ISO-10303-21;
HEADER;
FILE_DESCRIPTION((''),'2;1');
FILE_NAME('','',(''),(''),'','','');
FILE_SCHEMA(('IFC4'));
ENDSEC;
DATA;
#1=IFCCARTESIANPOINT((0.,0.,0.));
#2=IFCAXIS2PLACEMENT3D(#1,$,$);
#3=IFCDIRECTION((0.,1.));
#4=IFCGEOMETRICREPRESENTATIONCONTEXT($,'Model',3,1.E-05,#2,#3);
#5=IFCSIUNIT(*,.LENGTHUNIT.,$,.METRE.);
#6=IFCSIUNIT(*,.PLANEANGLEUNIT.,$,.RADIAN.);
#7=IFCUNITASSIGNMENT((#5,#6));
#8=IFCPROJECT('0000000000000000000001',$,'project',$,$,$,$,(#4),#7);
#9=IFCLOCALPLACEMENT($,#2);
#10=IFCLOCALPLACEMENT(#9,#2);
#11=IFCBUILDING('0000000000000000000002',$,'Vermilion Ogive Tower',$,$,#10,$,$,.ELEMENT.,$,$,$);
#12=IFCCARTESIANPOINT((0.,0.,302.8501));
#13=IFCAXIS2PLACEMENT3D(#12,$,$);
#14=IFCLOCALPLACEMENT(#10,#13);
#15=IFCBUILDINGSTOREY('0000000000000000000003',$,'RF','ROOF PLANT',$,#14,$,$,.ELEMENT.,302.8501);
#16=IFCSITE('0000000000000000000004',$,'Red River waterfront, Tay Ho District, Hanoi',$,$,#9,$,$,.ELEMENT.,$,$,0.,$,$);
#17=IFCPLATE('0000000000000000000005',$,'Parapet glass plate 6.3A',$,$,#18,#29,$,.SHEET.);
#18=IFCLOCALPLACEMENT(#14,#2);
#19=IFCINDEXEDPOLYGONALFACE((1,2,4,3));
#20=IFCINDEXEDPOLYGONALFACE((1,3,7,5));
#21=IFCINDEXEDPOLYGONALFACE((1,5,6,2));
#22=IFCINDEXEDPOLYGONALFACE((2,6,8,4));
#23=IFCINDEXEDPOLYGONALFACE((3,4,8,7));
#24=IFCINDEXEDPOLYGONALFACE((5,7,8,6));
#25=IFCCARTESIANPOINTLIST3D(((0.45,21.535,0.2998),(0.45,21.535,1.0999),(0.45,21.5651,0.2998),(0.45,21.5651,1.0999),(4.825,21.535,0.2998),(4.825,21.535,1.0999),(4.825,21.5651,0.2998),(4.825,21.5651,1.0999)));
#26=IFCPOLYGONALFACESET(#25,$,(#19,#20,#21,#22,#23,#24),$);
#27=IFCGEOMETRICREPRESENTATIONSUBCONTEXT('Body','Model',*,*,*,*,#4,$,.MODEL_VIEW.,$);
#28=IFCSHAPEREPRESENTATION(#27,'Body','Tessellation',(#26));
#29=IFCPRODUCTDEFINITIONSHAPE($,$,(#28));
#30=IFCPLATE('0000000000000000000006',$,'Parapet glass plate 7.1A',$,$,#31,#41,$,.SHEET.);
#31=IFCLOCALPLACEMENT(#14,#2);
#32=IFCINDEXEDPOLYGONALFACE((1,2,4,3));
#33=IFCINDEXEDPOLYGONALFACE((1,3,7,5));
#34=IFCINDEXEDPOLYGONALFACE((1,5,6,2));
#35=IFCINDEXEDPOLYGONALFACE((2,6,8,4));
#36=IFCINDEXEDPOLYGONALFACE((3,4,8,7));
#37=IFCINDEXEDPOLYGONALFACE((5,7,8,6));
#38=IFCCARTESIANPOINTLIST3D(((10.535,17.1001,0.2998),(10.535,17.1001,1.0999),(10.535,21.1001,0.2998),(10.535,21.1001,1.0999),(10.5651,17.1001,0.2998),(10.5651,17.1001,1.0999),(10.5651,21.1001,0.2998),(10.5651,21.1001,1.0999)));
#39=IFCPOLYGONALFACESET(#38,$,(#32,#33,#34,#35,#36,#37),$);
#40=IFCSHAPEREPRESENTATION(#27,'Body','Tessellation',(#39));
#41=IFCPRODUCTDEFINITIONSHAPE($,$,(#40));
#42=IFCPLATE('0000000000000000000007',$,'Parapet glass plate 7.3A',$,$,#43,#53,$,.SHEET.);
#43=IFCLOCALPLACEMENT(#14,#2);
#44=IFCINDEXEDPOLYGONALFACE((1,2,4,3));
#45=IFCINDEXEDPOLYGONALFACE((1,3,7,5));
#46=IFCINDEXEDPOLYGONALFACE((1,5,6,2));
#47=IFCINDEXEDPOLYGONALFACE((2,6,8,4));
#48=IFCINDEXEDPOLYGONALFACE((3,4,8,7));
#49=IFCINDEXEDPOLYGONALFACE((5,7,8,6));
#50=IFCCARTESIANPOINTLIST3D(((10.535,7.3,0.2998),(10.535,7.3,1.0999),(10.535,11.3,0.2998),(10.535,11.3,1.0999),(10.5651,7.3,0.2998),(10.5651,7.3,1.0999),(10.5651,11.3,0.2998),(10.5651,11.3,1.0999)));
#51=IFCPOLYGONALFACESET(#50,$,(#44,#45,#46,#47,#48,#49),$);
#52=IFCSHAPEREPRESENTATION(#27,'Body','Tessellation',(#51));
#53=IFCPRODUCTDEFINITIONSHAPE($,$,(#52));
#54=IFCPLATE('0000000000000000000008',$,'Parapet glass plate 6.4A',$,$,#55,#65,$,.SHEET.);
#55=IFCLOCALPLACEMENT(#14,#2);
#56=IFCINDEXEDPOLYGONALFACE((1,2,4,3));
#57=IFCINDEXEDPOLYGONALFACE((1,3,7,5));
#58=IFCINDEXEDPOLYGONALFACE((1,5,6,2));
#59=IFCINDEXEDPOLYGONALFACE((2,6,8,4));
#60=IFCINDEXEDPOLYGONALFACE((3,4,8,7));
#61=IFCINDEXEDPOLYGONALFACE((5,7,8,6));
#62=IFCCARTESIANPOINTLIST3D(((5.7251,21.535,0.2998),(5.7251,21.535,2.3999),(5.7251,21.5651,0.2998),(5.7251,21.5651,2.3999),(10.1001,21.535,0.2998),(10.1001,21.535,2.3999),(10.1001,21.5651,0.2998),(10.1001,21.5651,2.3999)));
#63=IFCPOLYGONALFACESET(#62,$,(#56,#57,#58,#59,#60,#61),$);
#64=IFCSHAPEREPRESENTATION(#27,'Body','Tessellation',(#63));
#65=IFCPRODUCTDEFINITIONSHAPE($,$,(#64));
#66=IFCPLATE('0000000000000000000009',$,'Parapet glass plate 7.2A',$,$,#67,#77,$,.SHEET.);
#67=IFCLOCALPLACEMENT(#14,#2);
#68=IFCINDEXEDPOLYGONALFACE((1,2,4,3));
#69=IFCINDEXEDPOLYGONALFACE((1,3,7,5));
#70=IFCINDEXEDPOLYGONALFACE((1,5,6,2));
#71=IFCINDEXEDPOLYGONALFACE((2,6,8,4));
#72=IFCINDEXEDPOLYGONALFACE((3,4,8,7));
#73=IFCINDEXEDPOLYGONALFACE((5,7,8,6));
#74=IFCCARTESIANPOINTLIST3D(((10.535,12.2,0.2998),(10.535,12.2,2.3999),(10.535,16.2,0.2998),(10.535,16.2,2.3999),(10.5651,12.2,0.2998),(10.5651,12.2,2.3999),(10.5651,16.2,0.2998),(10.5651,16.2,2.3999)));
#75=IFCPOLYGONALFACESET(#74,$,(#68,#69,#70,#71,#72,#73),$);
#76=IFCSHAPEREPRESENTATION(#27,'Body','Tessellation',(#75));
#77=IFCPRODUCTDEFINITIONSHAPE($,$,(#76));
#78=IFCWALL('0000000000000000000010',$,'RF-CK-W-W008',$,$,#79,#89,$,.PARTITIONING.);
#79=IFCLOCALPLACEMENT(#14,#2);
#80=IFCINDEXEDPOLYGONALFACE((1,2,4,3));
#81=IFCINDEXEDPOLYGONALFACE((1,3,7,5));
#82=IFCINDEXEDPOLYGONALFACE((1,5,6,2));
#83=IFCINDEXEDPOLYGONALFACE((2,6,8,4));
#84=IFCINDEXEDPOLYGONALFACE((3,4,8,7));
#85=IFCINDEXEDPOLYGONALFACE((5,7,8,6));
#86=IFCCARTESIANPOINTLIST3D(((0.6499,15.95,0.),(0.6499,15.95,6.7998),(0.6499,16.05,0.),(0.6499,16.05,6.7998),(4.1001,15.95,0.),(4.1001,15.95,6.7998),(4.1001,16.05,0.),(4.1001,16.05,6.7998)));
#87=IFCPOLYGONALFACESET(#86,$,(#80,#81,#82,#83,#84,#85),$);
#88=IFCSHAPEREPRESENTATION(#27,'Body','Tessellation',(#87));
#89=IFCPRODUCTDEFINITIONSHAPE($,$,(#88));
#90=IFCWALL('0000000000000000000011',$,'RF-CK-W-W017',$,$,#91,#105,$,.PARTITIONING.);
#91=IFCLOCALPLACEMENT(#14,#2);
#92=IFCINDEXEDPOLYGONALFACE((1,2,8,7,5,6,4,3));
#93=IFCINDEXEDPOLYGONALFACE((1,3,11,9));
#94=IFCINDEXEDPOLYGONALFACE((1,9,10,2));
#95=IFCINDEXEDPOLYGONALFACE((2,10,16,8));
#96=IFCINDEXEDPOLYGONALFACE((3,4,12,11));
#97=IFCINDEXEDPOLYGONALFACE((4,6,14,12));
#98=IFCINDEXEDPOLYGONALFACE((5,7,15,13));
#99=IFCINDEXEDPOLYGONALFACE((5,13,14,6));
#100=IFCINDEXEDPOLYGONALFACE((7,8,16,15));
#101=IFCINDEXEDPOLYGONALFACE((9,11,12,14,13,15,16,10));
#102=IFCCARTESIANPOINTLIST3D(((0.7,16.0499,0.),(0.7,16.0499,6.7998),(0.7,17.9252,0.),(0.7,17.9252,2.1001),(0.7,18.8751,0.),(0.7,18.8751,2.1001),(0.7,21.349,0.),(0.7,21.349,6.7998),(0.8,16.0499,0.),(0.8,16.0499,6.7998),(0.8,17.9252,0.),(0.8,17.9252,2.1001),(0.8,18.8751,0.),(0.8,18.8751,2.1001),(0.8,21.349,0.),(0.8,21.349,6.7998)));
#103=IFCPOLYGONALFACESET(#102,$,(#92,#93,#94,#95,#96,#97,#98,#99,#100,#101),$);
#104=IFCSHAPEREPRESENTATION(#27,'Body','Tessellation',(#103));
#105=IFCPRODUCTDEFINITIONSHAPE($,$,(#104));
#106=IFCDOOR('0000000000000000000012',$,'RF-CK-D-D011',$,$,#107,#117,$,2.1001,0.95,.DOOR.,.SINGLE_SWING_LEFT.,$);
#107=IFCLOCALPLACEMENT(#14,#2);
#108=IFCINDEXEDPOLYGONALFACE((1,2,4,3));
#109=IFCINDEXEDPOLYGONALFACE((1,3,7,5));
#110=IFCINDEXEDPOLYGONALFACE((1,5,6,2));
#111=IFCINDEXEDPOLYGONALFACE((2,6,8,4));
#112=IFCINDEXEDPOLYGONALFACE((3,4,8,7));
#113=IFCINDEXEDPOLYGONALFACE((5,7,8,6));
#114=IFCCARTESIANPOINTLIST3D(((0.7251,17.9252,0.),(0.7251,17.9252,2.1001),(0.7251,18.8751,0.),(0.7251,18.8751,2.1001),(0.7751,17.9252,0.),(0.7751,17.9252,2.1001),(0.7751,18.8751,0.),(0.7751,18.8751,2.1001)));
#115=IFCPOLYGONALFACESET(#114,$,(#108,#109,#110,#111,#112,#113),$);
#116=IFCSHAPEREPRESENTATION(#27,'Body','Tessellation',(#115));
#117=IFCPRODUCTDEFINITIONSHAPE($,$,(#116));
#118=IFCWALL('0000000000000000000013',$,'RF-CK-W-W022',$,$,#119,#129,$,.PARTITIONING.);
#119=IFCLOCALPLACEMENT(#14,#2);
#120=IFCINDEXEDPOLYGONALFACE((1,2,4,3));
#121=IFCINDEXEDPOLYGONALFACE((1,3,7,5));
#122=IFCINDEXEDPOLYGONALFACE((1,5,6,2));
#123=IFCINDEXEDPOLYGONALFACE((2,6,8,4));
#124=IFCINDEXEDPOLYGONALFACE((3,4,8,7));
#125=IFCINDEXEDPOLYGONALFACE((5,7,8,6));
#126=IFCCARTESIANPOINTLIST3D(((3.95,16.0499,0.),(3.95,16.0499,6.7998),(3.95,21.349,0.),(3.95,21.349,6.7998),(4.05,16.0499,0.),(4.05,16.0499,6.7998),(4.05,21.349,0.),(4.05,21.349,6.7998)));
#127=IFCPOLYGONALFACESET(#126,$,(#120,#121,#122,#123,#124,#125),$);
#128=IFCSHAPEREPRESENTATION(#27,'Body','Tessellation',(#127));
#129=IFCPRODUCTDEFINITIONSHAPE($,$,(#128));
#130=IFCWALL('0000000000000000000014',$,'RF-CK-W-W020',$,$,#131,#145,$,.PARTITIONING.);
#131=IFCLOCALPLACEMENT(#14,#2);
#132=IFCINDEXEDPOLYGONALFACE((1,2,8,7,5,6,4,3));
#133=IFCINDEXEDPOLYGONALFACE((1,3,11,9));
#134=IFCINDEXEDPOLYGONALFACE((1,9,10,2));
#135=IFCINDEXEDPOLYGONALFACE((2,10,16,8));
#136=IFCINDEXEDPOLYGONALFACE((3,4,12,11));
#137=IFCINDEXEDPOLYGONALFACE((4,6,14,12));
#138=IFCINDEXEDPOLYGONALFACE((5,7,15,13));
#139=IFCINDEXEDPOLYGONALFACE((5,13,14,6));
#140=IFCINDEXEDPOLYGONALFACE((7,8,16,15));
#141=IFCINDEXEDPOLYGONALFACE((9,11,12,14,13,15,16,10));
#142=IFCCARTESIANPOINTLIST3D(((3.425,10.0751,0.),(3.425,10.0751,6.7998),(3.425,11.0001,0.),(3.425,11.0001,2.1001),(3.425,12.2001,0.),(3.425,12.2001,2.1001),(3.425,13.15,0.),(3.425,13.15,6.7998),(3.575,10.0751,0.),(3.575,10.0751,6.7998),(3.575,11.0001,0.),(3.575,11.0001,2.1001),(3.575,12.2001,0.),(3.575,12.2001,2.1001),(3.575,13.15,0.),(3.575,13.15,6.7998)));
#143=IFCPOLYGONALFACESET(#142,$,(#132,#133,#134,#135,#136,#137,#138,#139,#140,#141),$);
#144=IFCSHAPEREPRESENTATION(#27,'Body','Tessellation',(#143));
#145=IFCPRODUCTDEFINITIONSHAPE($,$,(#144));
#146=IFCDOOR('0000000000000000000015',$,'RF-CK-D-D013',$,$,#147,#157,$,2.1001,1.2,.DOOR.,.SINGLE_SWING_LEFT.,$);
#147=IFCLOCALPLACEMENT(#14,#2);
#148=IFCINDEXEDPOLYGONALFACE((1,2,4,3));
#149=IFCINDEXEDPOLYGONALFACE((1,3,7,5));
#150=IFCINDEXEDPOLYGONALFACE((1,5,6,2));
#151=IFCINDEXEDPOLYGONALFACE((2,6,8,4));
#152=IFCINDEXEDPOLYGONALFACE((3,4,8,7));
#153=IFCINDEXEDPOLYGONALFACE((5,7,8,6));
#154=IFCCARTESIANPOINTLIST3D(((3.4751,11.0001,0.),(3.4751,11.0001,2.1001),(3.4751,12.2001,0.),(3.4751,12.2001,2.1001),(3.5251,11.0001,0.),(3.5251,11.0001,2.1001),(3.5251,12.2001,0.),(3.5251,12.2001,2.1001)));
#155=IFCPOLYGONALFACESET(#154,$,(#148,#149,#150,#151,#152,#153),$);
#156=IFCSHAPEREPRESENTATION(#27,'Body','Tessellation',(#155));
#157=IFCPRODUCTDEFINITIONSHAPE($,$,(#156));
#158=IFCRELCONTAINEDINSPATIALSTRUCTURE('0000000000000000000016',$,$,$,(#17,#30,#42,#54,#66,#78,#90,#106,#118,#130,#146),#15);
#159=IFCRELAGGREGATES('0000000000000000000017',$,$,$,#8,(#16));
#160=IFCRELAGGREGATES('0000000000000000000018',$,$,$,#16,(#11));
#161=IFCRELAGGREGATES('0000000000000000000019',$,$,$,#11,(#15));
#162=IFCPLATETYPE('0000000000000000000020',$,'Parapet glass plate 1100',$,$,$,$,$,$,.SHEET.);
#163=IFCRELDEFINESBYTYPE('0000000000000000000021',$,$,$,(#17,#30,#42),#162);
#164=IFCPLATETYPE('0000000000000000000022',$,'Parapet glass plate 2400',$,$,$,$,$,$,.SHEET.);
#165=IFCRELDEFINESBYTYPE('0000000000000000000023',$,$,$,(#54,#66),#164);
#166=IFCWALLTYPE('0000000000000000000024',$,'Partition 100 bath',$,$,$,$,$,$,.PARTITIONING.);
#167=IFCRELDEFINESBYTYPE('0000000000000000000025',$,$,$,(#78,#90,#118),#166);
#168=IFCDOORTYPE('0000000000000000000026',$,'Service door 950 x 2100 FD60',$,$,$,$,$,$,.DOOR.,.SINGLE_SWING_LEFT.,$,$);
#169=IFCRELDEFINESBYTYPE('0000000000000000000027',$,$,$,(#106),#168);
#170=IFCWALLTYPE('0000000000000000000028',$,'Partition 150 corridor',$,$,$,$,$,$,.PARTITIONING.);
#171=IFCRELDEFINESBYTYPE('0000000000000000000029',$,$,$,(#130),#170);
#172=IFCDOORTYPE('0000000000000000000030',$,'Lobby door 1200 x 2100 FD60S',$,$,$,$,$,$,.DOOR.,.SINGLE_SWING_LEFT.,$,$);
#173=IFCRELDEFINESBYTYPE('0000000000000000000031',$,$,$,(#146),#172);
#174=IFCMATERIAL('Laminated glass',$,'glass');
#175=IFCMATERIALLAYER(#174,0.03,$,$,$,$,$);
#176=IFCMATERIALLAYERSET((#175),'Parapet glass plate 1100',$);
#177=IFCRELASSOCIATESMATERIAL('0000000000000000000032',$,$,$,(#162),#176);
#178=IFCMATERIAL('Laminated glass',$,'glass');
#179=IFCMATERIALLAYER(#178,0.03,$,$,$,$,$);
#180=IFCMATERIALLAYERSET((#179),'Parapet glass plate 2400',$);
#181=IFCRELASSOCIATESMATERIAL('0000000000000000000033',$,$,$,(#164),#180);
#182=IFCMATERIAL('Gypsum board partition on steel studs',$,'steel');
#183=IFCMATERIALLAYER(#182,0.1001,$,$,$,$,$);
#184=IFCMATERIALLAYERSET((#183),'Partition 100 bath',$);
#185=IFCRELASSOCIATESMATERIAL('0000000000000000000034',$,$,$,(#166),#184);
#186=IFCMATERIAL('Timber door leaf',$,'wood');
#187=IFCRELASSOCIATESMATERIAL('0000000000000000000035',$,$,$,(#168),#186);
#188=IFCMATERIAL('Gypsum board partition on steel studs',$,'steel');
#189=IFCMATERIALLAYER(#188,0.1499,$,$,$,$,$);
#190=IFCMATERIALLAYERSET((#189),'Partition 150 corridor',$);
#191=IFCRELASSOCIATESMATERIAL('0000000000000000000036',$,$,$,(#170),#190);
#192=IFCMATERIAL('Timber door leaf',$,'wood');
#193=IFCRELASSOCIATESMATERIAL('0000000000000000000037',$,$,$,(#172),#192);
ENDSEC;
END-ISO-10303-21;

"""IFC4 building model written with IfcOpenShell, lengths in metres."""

from ifc_helpers import new_model, si_unit, direction, frame, frame_2d, origin, origin_2d, place, context, subcontext, project, spatial, rectangle, extrude, material, layer, layer_set, type_object, element, fill, save


model = new_model("IFC4")

# Units and contexts
model_context = context("Model", 3, precision=1e-05, world=origin(), true_north=direction((0.0, 1.0)))
body_context = subcontext(model_context, "Body", "Model", "MODEL_VIEW")
ifc_project = project(units=[si_unit("LENGTHUNIT", "METRE"), si_unit("PLANEANGLEUNIT", "RADIAN")], contexts=[model_context])

# Site, building, storey
site_placement = place(None, origin())
site = spatial("IfcSite", under=ifc_project, at=site_placement, Name="Red River waterfront, Tay Ho District, Hanoi", CompositionType="ELEMENT", RefElevation=0.0)
building_placement = place(site_placement, origin())
building = spatial("IfcBuilding", under=site, at=building_placement, Name="Vermilion Ogive Tower", CompositionType="ELEMENT")
storey_placement = place(building_placement, frame((0.0, 0.0, 302.8501)))
storey = spatial("IfcBuildingStorey", under=building, at=storey_placement, Name="RF", Description="ROOF PLANT", CompositionType="ELEMENT", Elevation=302.8501)

# Plates
ifc_material_1 = material(Name="Laminated glass", Category="glass")
ifc_layer_1 = layer(ifc_material_1, 0.03)
ifc_layer_set_1 = layer_set([ifc_layer_1], Name="Parapet glass plate 1100")
plate_type_1 = type_object("IfcPlateType", Name="Parapet glass plate 1100", PredefinedType="SHEET", material=ifc_layer_set_1)
plate_1_placement = place(storey_placement, frame((2.6375, 21.55, 0.2998), z_axis=(0.0, 0.0, 1.0), x_axis=(1.0, 0.0, 0.0)))
element("IfcPlate", 1, at=plate_1_placement, inside=storey, type_object=plate_type_1, Name="Parapet glass plate 6.3A", PredefinedType="SHEET", context=body_context, shape_type="SweptSolid", body=[
    extrude(rectangle(XDim=4.375, YDim=0.03, at=origin_2d()), origin(), (0.0, 0.0, 1.0), 0.8),
])
for number, where, z_axis, x_axis, name in (
    (2, (10.55, 19.1001, 0.2998), (0.0, 0.0, 1.0), (0.0, -1.0, 0.0), "Parapet glass plate 7.1A"),
    (3, (10.55, 9.3, 0.2998), (0.0, 0.0, 1.0), (0.0, -1.0, 0.0), "Parapet glass plate 7.3A"),
):
    element("IfcPlate", number, at=place(storey_placement, frame(where, z_axis=z_axis, x_axis=x_axis)), inside=storey, type_object=plate_type_1, Name=name, PredefinedType="SHEET", context=body_context, shape_type="SweptSolid", body=[
        extrude(rectangle(XDim=4.0, YDim=0.03, at=origin_2d()), origin(), (0.0, 0.0, 1.0), 0.8),
    ])
ifc_material_2 = material(Name="Laminated glass", Category="glass")
ifc_layer_2 = layer(ifc_material_2, 0.03)
ifc_layer_set_2 = layer_set([ifc_layer_2], Name="Parapet glass plate 2400")
plate_type_2 = type_object("IfcPlateType", Name="Parapet glass plate 2400", PredefinedType="SHEET", material=ifc_layer_set_2)
plate_2_placement = place(storey_placement, frame((7.9126, 21.55, 0.2998), z_axis=(0.0, 0.0, 1.0), x_axis=(1.0, 0.0, 0.0)))
element("IfcPlate", 4, at=plate_2_placement, inside=storey, type_object=plate_type_2, Name="Parapet glass plate 6.4A", PredefinedType="SHEET", context=body_context, shape_type="SweptSolid", body=[
    extrude(rectangle(XDim=4.375, YDim=0.03, at=origin_2d()), origin(), (0.0, 0.0, 1.0), 2.1001),
])
plate_3_placement = place(storey_placement, frame((10.55, 14.2, 0.2998), z_axis=(0.0, 0.0, 1.0), x_axis=(0.0, -1.0, 0.0)))
element("IfcPlate", 5, at=plate_3_placement, inside=storey, type_object=plate_type_2, Name="Parapet glass plate 7.2A", PredefinedType="SHEET", context=body_context, shape_type="SweptSolid", body=[
    extrude(rectangle(XDim=4.0, YDim=0.03, at=origin_2d()), origin(), (0.0, 0.0, 1.0), 2.1001),
])

# Wall
ifc_material_3 = material(Name="Gypsum board partition on steel studs", Category="steel")
ifc_layer_3 = layer(ifc_material_3, 0.1001)
ifc_layer_set_3 = layer_set([ifc_layer_3], Name="Partition 100 bath")
wall_type_1 = type_object("IfcWallType", Name="Partition 100 bath", PredefinedType="PARTITIONING", material=ifc_layer_set_3)
wall_1_placement = place(storey_placement, frame((0.6499, 16.0, 0.0), z_axis=(0.0, 0.0, 1.0), x_axis=(1.0, 0.0, 0.0)))
element("IfcWall", 6, at=wall_1_placement, inside=storey, type_object=wall_type_1, Name="RF-CK-W-W008", PredefinedType="PARTITIONING", context=body_context, shape_type="SweptSolid", body=[
    extrude(rectangle(XDim=3.4502, YDim=0.1001, at=frame_2d((1.7251, 0.0))), origin(), (0.0, 0.0, 1.0), 6.7998),
])

# Wall, opening, door
wall_2_placement = place(storey_placement, frame((0.75, 16.05, 0.0), z_axis=(0.0, 0.0, 1.0), x_axis=(0.0, 1.0, 0.0)))
wall_2 = element("IfcWall", 7, at=wall_2_placement, inside=storey, type_object=wall_type_1, Name="RF-CK-W-W017", PredefinedType="PARTITIONING", context=body_context, shape_type="SweptSolid", body=[
    extrude(rectangle(XDim=5.2991, YDim=0.1001, at=frame_2d((2.6494, 0.0))), origin(), (0.0, 0.0, 1.0), 6.7998),
])
opening_1_placement = place(wall_2_placement, frame((1.875, 0.0, 0.0)))
opening_1 = element("IfcOpeningElement", 8, at=opening_1_placement, cuts=wall_2, PredefinedType="OPENING", context=body_context, shape_type="SweptSolid", body=[
    extrude(rectangle(XDim=0.95, YDim=2.1001, at=frame_2d((0.4751, 1.05))), frame((0.0, 0.0601, 0.0), z_axis=(0.0, -1.0, 0.0), x_axis=(1.0, 0.0, 0.0)), (0.0, 0.0, 1.0), 0.1201),
])
ifc_material_4 = material(Name="Timber door leaf", Category="wood")
door_type_1 = type_object("IfcDoorType", Name="Service door 950 x 2100 FD60", OperationType="SINGLE_SWING_LEFT", PredefinedType="DOOR", material=ifc_material_4)
door_1_placement = place(opening_1_placement, origin())
door_1 = element("IfcDoor", 9, at=door_1_placement, inside=storey, type_object=door_type_1, Name="RF-CK-D-D011", OperationType="SINGLE_SWING_LEFT", OverallHeight=2.1001, OverallWidth=0.95, PredefinedType="DOOR", context=body_context, shape_type="SweptSolid", body=[
    extrude(rectangle(XDim=0.95, YDim=2.1001, at=frame_2d((0.4751, 1.05))), frame((0.0, 0.0249, 0.0), z_axis=(0.0, -1.0, 0.0), x_axis=(1.0, 0.0, 0.0)), (0.0, 0.0, 1.0), 0.05),
])
fill(opening_1, door_1)

# Wall
wall_3_placement = place(storey_placement, frame((4.0, 16.05, 0.0), z_axis=(0.0, 0.0, 1.0), x_axis=(0.0, 1.0, 0.0)))
element("IfcWall", 10, at=wall_3_placement, inside=storey, type_object=wall_type_1, Name="RF-CK-W-W022", PredefinedType="PARTITIONING", context=body_context, shape_type="SweptSolid", body=[
    extrude(rectangle(XDim=5.2991, YDim=0.1001, at=frame_2d((2.6494, 0.0))), origin(), (0.0, 0.0, 1.0), 6.7998),
])

# Wall, opening, door
ifc_material_5 = material(Name="Gypsum board partition on steel studs", Category="steel")
ifc_layer_4 = layer(ifc_material_5, 0.1499)
ifc_layer_set_4 = layer_set([ifc_layer_4], Name="Partition 150 corridor")
wall_type_2 = type_object("IfcWallType", Name="Partition 150 corridor", PredefinedType="PARTITIONING", material=ifc_layer_set_4)
wall_4_placement = place(storey_placement, frame((3.5, 10.075, 0.0), z_axis=(0.0, 0.0, 1.0), x_axis=(0.0, 1.0, 0.0)))
wall_4 = element("IfcWall", 11, at=wall_4_placement, inside=storey, type_object=wall_type_2, Name="RF-CK-W-W020", PredefinedType="PARTITIONING", context=body_context, shape_type="SweptSolid", body=[
    extrude(rectangle(XDim=3.075, YDim=0.1499, at=frame_2d((1.5376, 0.0))), origin(), (0.0, 0.0, 1.0), 6.7998),
])
opening_2_placement = place(wall_4_placement, frame((0.925, 0.0, 0.0)))
opening_2 = element("IfcOpeningElement", 12, at=opening_2_placement, cuts=wall_4, PredefinedType="OPENING", context=body_context, shape_type="SweptSolid", body=[
    extrude(rectangle(XDim=1.2, YDim=2.1001, at=frame_2d((0.6001, 1.05))), frame((0.0, 0.085, 0.0), z_axis=(0.0, -1.0, 0.0), x_axis=(1.0, 0.0, 0.0)), (0.0, 0.0, 1.0), 0.1699),
])
ifc_material_6 = material(Name="Timber door leaf", Category="wood")
door_type_2 = type_object("IfcDoorType", Name="Lobby door 1200 x 2100 FD60S", OperationType="SINGLE_SWING_LEFT", PredefinedType="DOOR", material=ifc_material_6)
door_2_placement = place(opening_2_placement, origin())
door_2 = element("IfcDoor", 13, at=door_2_placement, inside=storey, type_object=door_type_2, Name="RF-CK-D-D013", OperationType="SINGLE_SWING_LEFT", OverallHeight=2.1001, OverallWidth=1.2, PredefinedType="DOOR", context=body_context, shape_type="SweptSolid", body=[
    extrude(rectangle(XDim=1.2, YDim=2.1001, at=frame_2d((0.6001, 1.05))), frame((0.0, 0.0249, 0.0), z_axis=(0.0, -1.0, 0.0), x_axis=(1.0, 0.0, 0.0)), (0.0, 0.0, 1.0), 0.05),
])
fill(opening_2, door_2)

save(model, "model.ifc")
